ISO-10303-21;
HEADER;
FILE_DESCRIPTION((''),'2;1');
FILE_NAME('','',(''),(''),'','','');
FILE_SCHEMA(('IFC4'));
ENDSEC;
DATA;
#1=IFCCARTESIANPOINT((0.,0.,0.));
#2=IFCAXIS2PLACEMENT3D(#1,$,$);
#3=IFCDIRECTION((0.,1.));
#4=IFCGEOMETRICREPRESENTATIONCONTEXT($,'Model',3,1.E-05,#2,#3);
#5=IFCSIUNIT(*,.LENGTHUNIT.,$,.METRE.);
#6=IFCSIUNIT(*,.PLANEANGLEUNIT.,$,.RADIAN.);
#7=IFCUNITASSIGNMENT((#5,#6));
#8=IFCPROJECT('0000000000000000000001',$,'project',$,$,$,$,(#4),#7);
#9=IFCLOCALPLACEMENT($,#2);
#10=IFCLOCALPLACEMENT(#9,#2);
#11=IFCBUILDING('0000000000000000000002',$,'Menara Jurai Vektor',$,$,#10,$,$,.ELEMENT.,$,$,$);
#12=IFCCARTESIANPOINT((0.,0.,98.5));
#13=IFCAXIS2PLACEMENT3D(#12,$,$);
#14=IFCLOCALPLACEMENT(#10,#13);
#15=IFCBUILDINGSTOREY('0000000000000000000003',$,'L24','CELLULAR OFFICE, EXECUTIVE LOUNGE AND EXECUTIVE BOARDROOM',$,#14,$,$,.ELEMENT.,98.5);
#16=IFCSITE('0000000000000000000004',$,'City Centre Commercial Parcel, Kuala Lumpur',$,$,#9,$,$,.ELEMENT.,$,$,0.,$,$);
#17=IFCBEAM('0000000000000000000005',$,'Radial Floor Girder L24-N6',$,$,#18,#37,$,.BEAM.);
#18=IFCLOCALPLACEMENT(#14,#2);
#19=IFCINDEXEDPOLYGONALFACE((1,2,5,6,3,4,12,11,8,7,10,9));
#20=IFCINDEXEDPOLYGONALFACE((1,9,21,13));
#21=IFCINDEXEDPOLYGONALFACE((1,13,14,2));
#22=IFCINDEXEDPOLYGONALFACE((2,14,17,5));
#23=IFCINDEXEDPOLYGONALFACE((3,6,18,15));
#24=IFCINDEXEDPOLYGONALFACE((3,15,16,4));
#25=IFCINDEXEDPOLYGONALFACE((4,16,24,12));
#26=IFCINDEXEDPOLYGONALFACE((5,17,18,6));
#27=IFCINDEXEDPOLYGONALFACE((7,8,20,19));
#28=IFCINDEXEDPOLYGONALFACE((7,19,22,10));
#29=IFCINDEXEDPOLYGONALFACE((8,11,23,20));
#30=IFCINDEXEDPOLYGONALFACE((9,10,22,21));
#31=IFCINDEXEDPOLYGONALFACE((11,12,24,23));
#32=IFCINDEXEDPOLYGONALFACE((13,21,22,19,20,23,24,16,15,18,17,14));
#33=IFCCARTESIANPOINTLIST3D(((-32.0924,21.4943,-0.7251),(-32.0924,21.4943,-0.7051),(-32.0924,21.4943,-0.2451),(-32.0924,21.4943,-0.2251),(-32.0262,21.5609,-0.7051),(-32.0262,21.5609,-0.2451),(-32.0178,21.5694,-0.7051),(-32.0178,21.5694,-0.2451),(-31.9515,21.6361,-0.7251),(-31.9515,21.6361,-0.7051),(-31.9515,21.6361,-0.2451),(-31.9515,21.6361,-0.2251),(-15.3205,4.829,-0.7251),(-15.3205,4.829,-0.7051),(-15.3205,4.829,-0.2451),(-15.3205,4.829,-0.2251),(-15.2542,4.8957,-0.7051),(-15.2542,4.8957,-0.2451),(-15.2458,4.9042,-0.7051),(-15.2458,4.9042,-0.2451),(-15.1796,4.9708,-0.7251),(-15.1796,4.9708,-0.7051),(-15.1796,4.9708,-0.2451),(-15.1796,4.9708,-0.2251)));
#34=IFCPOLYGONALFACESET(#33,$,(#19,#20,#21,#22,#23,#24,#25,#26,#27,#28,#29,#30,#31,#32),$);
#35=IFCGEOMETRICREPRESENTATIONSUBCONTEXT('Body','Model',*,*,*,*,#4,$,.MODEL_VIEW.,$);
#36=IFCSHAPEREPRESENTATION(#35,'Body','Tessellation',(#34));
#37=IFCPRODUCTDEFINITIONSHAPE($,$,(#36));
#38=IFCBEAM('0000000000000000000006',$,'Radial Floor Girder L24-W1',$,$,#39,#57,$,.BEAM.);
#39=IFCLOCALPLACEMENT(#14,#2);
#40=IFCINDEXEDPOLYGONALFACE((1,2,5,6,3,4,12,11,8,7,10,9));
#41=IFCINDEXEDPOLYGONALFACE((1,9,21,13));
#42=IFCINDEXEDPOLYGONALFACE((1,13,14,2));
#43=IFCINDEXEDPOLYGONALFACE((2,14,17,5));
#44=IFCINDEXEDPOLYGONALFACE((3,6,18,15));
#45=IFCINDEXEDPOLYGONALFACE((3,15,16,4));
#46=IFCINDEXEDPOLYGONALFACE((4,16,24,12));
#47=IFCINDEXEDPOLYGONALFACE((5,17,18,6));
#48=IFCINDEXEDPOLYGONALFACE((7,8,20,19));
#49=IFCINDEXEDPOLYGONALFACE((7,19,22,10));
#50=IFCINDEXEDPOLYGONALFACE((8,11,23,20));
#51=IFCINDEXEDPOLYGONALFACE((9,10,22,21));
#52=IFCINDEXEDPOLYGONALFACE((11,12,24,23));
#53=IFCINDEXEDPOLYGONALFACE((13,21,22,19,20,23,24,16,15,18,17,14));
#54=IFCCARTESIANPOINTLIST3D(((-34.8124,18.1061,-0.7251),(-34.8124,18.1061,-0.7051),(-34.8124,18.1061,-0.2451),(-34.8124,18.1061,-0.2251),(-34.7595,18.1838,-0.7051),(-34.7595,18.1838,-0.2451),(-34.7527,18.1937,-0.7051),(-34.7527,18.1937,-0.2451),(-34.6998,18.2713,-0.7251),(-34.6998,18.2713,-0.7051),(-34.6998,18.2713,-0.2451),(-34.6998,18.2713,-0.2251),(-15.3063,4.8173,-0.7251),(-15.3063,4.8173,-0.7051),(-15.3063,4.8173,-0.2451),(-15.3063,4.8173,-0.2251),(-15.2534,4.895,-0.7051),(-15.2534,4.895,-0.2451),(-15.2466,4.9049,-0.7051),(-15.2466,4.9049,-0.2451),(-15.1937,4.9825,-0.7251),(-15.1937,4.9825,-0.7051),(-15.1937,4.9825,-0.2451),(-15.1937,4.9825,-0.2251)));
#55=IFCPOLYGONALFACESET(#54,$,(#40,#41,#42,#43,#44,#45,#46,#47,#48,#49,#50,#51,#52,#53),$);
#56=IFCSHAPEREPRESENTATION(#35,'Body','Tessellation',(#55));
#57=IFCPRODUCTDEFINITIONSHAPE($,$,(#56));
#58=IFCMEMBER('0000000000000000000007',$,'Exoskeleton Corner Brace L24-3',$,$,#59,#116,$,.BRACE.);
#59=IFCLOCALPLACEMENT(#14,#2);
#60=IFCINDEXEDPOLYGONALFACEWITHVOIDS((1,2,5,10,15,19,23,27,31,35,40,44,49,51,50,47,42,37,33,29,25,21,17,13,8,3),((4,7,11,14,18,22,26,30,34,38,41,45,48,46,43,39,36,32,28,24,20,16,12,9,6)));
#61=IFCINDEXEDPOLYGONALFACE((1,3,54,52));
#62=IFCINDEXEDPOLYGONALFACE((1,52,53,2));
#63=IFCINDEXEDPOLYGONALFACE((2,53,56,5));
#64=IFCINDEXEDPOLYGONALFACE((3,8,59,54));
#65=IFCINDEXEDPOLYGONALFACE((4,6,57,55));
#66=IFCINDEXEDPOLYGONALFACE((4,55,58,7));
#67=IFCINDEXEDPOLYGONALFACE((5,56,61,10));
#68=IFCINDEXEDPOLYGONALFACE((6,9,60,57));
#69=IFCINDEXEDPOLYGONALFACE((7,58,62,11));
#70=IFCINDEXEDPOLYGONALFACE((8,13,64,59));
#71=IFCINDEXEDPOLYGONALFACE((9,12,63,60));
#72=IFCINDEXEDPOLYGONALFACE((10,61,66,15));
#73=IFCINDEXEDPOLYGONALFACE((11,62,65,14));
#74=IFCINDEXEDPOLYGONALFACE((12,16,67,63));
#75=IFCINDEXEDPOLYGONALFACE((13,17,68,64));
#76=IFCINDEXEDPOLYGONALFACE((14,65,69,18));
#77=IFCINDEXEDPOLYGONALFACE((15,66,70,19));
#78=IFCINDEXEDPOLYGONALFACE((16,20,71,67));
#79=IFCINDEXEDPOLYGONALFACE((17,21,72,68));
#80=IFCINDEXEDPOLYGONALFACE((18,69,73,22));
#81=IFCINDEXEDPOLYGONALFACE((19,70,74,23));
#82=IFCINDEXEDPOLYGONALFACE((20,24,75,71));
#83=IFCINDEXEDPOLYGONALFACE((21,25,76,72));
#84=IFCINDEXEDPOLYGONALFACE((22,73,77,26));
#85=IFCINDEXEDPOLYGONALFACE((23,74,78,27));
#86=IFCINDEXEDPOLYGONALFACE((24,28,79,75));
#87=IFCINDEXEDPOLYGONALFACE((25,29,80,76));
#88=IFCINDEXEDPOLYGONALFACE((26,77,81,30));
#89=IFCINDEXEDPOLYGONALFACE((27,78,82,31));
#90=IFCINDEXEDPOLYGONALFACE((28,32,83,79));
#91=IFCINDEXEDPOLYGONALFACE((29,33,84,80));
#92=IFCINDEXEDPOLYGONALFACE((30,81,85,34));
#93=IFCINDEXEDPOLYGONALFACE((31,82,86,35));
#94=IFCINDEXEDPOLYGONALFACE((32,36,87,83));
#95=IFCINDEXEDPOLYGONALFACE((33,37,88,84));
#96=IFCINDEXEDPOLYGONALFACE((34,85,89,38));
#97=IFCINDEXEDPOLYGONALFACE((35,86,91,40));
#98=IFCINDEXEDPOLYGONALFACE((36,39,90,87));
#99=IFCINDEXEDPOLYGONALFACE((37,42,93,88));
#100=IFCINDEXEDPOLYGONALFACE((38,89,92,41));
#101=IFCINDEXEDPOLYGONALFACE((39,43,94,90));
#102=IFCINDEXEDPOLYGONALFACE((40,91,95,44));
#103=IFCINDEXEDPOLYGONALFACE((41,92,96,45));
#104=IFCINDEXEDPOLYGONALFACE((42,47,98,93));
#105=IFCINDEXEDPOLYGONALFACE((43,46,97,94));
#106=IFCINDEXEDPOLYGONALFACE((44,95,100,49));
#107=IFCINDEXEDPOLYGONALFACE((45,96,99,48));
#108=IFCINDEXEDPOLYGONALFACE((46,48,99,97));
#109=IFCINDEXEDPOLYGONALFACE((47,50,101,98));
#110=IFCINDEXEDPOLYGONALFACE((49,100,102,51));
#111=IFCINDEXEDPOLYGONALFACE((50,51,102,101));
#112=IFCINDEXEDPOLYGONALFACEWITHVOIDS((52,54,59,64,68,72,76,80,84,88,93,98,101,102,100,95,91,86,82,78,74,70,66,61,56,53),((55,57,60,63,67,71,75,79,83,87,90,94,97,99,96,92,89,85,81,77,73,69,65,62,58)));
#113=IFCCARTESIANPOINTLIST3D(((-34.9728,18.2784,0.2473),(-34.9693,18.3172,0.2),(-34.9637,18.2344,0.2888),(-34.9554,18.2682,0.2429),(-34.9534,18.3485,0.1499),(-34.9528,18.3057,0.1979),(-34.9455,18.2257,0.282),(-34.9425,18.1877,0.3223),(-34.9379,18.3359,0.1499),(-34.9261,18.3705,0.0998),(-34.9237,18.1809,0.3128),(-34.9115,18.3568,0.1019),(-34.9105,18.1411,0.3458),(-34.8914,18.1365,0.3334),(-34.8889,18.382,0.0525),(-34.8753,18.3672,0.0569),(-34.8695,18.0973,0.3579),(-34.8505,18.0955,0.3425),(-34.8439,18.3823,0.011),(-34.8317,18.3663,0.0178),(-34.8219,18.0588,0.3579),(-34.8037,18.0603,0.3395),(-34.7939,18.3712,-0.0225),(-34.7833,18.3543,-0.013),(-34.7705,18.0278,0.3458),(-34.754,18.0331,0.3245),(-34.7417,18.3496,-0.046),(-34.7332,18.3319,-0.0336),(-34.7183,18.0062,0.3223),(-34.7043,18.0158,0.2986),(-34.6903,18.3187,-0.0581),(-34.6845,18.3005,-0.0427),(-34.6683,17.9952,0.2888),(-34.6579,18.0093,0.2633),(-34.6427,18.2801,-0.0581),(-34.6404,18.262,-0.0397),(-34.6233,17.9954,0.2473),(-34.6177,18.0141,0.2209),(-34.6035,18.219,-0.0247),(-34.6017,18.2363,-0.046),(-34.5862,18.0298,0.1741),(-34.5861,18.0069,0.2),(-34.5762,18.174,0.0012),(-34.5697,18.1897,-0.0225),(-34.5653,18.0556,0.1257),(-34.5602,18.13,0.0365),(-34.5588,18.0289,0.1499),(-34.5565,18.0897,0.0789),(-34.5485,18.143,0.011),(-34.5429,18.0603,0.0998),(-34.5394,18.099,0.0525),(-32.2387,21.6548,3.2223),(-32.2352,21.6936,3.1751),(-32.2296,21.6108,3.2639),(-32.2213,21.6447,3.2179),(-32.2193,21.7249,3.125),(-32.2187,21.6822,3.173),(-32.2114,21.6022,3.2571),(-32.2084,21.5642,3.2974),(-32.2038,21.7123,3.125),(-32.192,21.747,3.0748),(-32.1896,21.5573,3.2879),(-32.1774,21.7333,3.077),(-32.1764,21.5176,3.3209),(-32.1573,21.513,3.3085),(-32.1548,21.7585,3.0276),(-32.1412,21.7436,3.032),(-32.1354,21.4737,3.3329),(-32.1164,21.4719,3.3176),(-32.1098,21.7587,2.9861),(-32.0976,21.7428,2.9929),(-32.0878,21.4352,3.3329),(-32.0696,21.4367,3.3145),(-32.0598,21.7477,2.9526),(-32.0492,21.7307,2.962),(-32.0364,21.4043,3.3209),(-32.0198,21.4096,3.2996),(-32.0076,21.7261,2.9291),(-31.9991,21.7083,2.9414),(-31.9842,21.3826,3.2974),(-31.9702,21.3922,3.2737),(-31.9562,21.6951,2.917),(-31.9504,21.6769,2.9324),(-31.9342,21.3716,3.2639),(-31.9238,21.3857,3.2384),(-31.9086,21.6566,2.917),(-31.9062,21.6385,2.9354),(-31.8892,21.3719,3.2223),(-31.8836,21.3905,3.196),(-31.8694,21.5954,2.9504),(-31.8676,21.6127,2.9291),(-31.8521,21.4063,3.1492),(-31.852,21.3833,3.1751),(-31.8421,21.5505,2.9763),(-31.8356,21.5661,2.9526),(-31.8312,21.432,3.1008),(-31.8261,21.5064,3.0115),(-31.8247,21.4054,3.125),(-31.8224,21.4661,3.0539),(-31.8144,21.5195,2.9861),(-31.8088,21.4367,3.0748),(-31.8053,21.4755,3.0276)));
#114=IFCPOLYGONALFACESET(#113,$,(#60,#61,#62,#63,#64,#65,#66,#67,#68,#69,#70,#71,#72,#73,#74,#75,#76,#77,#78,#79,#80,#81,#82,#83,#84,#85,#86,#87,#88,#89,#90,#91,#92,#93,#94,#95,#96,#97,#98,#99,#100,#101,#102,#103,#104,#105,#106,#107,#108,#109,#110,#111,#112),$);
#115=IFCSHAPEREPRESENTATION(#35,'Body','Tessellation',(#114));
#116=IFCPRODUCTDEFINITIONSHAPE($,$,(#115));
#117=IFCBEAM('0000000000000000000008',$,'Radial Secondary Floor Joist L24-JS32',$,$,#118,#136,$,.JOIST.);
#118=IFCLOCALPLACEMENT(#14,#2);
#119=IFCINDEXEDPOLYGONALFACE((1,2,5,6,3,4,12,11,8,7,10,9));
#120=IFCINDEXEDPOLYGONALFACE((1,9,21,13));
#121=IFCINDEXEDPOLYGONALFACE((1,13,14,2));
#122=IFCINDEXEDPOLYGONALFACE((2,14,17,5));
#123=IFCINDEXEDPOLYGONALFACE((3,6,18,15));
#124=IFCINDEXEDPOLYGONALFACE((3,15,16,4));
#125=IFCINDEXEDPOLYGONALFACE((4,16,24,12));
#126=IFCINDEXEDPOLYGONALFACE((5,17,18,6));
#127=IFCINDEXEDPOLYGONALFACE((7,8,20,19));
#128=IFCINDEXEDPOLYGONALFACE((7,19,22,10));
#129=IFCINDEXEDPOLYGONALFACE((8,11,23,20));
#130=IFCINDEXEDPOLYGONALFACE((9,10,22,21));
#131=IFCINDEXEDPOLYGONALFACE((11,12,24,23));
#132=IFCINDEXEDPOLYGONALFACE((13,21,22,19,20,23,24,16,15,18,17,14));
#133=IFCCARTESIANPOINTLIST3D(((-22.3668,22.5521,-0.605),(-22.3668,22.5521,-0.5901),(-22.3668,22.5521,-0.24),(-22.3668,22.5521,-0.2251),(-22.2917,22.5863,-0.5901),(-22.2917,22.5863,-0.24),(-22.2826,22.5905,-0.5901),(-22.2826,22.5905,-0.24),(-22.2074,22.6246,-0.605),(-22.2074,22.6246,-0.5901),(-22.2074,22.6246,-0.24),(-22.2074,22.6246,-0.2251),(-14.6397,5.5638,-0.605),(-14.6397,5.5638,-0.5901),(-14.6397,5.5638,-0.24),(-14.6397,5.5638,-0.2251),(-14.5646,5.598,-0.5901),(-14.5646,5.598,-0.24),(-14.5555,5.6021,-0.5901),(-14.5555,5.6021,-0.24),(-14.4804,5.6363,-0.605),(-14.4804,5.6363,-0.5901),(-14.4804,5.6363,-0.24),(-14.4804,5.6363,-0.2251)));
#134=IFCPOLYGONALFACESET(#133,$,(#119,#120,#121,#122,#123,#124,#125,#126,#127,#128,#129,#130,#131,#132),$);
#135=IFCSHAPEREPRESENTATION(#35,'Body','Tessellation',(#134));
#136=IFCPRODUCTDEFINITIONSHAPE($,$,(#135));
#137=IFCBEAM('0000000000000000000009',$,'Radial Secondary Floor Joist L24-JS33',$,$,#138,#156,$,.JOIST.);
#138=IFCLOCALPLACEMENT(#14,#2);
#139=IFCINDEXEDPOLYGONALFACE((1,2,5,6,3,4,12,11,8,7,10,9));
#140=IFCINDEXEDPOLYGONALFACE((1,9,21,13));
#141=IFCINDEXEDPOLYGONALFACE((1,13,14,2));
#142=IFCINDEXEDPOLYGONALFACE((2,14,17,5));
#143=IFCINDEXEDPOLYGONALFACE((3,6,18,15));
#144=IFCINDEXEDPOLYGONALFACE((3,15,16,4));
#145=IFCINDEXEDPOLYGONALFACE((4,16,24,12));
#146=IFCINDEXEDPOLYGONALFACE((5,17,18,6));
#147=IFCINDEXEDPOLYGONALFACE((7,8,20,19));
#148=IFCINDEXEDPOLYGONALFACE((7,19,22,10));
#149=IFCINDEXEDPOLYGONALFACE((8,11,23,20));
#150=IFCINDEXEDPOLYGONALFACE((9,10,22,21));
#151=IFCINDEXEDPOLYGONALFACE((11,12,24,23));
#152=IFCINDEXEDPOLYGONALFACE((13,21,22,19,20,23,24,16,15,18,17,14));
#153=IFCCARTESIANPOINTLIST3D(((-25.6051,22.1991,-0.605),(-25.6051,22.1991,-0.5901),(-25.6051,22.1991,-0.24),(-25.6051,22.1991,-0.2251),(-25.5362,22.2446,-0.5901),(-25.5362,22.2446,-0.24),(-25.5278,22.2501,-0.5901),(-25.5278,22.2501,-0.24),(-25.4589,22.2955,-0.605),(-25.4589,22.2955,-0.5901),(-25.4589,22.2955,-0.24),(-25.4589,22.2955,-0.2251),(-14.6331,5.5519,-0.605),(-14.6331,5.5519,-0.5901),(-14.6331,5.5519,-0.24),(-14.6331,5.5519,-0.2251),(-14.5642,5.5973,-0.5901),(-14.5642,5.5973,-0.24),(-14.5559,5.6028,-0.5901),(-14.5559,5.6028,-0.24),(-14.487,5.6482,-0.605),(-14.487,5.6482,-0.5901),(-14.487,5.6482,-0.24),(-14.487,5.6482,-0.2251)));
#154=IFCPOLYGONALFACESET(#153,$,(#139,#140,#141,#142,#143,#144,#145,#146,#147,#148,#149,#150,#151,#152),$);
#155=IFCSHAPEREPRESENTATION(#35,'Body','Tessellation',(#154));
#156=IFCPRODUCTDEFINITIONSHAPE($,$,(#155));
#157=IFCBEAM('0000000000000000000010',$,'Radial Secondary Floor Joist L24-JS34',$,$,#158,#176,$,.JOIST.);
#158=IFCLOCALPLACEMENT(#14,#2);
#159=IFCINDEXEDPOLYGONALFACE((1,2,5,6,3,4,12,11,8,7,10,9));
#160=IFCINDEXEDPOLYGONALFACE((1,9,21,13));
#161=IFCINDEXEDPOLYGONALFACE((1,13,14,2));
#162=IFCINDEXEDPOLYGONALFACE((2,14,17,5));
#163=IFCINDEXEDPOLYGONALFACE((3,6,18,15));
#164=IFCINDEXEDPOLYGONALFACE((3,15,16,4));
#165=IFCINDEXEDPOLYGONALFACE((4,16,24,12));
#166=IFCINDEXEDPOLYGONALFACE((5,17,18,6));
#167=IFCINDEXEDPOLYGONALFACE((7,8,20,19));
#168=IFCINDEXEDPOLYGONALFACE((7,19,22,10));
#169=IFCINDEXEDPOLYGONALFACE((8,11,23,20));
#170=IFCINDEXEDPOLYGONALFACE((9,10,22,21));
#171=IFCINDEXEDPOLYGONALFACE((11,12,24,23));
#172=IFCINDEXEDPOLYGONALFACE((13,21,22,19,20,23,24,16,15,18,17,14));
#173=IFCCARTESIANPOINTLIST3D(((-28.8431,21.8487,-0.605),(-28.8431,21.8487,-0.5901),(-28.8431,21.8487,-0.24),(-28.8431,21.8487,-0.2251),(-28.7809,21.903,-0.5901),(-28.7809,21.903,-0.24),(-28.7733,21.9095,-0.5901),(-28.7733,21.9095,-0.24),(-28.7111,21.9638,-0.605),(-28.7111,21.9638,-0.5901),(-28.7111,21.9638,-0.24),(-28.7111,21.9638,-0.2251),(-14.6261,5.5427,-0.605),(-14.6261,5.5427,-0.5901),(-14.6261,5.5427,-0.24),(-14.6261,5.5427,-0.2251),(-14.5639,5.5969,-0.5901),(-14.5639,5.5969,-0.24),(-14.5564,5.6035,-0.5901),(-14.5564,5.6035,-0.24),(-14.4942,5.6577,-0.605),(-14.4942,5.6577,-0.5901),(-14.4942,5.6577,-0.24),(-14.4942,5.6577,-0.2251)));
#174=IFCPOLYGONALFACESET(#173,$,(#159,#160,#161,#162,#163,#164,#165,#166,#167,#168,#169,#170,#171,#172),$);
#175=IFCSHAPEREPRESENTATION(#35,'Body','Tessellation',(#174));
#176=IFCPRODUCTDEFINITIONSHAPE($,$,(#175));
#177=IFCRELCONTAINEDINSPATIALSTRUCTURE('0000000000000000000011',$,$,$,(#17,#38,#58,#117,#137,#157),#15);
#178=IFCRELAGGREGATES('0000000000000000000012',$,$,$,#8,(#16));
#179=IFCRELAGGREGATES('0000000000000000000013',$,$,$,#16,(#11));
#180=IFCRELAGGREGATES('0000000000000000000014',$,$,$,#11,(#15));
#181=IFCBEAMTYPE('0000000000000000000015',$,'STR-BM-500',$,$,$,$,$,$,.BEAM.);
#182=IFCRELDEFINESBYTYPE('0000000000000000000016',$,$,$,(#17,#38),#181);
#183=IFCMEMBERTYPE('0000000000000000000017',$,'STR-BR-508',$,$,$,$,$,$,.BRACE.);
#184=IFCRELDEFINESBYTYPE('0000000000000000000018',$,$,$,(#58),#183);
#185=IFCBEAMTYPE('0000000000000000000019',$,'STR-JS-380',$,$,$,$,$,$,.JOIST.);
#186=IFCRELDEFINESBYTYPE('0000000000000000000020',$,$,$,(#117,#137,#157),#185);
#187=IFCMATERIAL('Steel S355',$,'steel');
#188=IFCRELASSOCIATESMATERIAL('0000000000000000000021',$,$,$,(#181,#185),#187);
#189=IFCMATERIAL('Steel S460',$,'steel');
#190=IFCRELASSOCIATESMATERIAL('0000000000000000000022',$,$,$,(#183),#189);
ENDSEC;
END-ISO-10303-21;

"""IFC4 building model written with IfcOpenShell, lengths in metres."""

from ifc_helpers import new_model, si_unit, direction, frame, origin, origin_2d, place, context, subcontext, project, spatial, hollow_circle, i_section, extrude, material, material_profile, profile_set, type_object, element, save


model = new_model("IFC4")

# Units and contexts
model_context = context("Model", 3, precision=1e-05, world=origin(), true_north=direction((0.0, 1.0)))
body_context = subcontext(model_context, "Body", "Model", "MODEL_VIEW")
ifc_project = project(units=[si_unit("LENGTHUNIT", "METRE"), si_unit("PLANEANGLEUNIT", "RADIAN")], contexts=[model_context])

# Site, building, storey
site_placement = place(None, origin())
site = spatial("IfcSite", under=ifc_project, at=site_placement, Name="City Centre Commercial Parcel, Kuala Lumpur", CompositionType="ELEMENT", RefElevation=0.0)
building_placement = place(site_placement, origin())
building = spatial("IfcBuilding", under=site, at=building_placement, Name="Menara Jurai Vektor", CompositionType="ELEMENT")
storey_placement = place(building_placement, frame((0.0, 0.0, 98.5)))
storey = spatial("IfcBuildingStorey", under=building, at=storey_placement, Name="L24", Description="CELLULAR OFFICE, EXECUTIVE LOUNGE AND EXECUTIVE BOARDROOM", CompositionType="ELEMENT", Elevation=98.5)

# Shared definitions
ifc_material_1 = material(Name="Steel S460", Category="steel")

# Beams
ifc_material_2 = material(Name="Steel S355", Category="steel")
ifc_material_profile_1 = material_profile(ifc_material_2, i_section(OverallWidth=0.2, OverallDepth=0.5, WebThickness=0.012, FlangeThickness=0.02, at=origin_2d()), Name="PG 500x200x96")
ifc_profile_set_1 = profile_set([ifc_material_profile_1], Name="Steel S355")
beam_type_1 = type_object("IfcBeamType", Name="STR-BM-500", PredefinedType="BEAM", material=ifc_profile_set_1)
beam_1_placement = place(storey_placement, frame((-32.022, 21.5652, -0.4751), z_axis=(0.709359, -0.704847, 0.0), x_axis=(0.704847, 0.709359, 0.0)))
element("IfcBeam", 1, at=beam_1_placement, inside=storey, type_object=beam_type_1, Name="Radial Floor Girder L24-N6", PredefinedType="BEAM", context=body_context, shape_type="SweptSolid", body=[
    extrude(i_section(OverallWidth=0.2, OverallDepth=0.5, WebThickness=0.012, FlangeThickness=0.02, at=origin_2d()), origin(), (0.0, 0.0, 1.0), 23.6438),
])
beam_2_placement = place(storey_placement, frame((-34.7561, 18.1887, -0.4751), z_axis=(0.82644, -0.563024, 0.0), x_axis=(0.563024, 0.82644, 0.0)))
element("IfcBeam", 2, at=beam_2_placement, inside=storey, type_object=beam_type_1, Name="Radial Floor Girder L24-W1", PredefinedType="BEAM", context=body_context, shape_type="SweptSolid", body=[
    extrude(i_section(OverallWidth=0.2, OverallDepth=0.5, WebThickness=0.012, FlangeThickness=0.02, at=origin_2d()), origin(), (0.0, 0.0, 1.0), 23.6025),
])

# Member
ifc_material_profile_2 = material_profile(ifc_material_1, hollow_circle(Radius=0.2539, WallThickness=0.02, at=origin_2d()), Name="CHS 508x20")
ifc_profile_set_2 = profile_set([ifc_material_profile_2], Name="Steel S460")
member_type_1 = type_object("IfcMemberType", Name="STR-BR-508", PredefinedType="BRACE", material=ifc_profile_set_2)
member_1_placement = place(storey_placement, frame((-34.7561, 18.1887, 0.1499), z_axis=(0.519238, 0.641223, 0.565), x_axis=(-0.777155, 0.62931, 0.0)))
element("IfcMember", 3, at=member_1_placement, inside=storey, type_object=member_type_1, Name="Exoskeleton Corner Brace L24-3", PredefinedType="BRACE", context=body_context, shape_type="SweptSolid", body=[
    extrude(hollow_circle(Radius=0.2539, WallThickness=0.02, at=origin_2d()), origin(), (0.0, 0.0, 1.0), 5.2656),
])

# Beams
ifc_material_profile_3 = material_profile(ifc_material_2, i_section(OverallWidth=0.175, OverallDepth=0.3799, WebThickness=0.01, FlangeThickness=0.0149, at=origin_2d()), Name="PG 380x175x58")
ifc_profile_set_3 = profile_set([ifc_material_profile_3], Name="Steel S355")
beam_type_2 = type_object("IfcBeamType", Name="STR-JS-380", PredefinedType="JOIST", material=ifc_profile_set_3)
beam_3_placement = place(storey_placement, frame((-22.2871, 22.5884, -0.415), z_axis=(0.41403, -0.910263, 0.0), x_axis=(0.910263, 0.41403, 0.0)))
element("IfcBeam", 4, at=beam_3_placement, inside=storey, type_object=beam_type_2, Name="Radial Secondary Floor Joist L24-JS32", PredefinedType="JOIST", context=body_context, shape_type="SweptSolid", body=[
    extrude(i_section(OverallWidth=0.175, OverallDepth=0.3799, WebThickness=0.01, FlangeThickness=0.0149, at=origin_2d()), origin(), (0.0, 0.0, 1.0), 18.6631),
])
beam_4_placement = place(storey_placement, frame((-25.532, 22.2473, -0.415), z_axis=(0.55031, -0.834961, 0.0), x_axis=(0.834961, 0.55031, 0.0)))
element("IfcBeam", 5, at=beam_4_placement, inside=storey, type_object=beam_type_2, Name="Radial Secondary Floor Joist L24-JS33", PredefinedType="JOIST", context=body_context, shape_type="SweptSolid", body=[
    extrude(i_section(OverallWidth=0.175, OverallDepth=0.3799, WebThickness=0.01, FlangeThickness=0.0149, at=origin_2d()), origin(), (0.0, 0.0, 1.0), 19.9377),
])
beam_5_placement = place(storey_placement, frame((-28.7771, 21.9062, -0.415), z_axis=(0.657173, -0.75374, 0.0), x_axis=(0.75374, 0.657173, 0.0)))
element("IfcBeam", 6, at=beam_5_placement, inside=storey, type_object=beam_type_2, Name="Radial Secondary Floor Joist L24-JS34", PredefinedType="JOIST", context=body_context, shape_type="SweptSolid", body=[
    extrude(i_section(OverallWidth=0.175, OverallDepth=0.3799, WebThickness=0.01, FlangeThickness=0.0149, at=origin_2d()), origin(), (0.0, 0.0, 1.0), 21.6335),
])

save(model, "model.ifc")
